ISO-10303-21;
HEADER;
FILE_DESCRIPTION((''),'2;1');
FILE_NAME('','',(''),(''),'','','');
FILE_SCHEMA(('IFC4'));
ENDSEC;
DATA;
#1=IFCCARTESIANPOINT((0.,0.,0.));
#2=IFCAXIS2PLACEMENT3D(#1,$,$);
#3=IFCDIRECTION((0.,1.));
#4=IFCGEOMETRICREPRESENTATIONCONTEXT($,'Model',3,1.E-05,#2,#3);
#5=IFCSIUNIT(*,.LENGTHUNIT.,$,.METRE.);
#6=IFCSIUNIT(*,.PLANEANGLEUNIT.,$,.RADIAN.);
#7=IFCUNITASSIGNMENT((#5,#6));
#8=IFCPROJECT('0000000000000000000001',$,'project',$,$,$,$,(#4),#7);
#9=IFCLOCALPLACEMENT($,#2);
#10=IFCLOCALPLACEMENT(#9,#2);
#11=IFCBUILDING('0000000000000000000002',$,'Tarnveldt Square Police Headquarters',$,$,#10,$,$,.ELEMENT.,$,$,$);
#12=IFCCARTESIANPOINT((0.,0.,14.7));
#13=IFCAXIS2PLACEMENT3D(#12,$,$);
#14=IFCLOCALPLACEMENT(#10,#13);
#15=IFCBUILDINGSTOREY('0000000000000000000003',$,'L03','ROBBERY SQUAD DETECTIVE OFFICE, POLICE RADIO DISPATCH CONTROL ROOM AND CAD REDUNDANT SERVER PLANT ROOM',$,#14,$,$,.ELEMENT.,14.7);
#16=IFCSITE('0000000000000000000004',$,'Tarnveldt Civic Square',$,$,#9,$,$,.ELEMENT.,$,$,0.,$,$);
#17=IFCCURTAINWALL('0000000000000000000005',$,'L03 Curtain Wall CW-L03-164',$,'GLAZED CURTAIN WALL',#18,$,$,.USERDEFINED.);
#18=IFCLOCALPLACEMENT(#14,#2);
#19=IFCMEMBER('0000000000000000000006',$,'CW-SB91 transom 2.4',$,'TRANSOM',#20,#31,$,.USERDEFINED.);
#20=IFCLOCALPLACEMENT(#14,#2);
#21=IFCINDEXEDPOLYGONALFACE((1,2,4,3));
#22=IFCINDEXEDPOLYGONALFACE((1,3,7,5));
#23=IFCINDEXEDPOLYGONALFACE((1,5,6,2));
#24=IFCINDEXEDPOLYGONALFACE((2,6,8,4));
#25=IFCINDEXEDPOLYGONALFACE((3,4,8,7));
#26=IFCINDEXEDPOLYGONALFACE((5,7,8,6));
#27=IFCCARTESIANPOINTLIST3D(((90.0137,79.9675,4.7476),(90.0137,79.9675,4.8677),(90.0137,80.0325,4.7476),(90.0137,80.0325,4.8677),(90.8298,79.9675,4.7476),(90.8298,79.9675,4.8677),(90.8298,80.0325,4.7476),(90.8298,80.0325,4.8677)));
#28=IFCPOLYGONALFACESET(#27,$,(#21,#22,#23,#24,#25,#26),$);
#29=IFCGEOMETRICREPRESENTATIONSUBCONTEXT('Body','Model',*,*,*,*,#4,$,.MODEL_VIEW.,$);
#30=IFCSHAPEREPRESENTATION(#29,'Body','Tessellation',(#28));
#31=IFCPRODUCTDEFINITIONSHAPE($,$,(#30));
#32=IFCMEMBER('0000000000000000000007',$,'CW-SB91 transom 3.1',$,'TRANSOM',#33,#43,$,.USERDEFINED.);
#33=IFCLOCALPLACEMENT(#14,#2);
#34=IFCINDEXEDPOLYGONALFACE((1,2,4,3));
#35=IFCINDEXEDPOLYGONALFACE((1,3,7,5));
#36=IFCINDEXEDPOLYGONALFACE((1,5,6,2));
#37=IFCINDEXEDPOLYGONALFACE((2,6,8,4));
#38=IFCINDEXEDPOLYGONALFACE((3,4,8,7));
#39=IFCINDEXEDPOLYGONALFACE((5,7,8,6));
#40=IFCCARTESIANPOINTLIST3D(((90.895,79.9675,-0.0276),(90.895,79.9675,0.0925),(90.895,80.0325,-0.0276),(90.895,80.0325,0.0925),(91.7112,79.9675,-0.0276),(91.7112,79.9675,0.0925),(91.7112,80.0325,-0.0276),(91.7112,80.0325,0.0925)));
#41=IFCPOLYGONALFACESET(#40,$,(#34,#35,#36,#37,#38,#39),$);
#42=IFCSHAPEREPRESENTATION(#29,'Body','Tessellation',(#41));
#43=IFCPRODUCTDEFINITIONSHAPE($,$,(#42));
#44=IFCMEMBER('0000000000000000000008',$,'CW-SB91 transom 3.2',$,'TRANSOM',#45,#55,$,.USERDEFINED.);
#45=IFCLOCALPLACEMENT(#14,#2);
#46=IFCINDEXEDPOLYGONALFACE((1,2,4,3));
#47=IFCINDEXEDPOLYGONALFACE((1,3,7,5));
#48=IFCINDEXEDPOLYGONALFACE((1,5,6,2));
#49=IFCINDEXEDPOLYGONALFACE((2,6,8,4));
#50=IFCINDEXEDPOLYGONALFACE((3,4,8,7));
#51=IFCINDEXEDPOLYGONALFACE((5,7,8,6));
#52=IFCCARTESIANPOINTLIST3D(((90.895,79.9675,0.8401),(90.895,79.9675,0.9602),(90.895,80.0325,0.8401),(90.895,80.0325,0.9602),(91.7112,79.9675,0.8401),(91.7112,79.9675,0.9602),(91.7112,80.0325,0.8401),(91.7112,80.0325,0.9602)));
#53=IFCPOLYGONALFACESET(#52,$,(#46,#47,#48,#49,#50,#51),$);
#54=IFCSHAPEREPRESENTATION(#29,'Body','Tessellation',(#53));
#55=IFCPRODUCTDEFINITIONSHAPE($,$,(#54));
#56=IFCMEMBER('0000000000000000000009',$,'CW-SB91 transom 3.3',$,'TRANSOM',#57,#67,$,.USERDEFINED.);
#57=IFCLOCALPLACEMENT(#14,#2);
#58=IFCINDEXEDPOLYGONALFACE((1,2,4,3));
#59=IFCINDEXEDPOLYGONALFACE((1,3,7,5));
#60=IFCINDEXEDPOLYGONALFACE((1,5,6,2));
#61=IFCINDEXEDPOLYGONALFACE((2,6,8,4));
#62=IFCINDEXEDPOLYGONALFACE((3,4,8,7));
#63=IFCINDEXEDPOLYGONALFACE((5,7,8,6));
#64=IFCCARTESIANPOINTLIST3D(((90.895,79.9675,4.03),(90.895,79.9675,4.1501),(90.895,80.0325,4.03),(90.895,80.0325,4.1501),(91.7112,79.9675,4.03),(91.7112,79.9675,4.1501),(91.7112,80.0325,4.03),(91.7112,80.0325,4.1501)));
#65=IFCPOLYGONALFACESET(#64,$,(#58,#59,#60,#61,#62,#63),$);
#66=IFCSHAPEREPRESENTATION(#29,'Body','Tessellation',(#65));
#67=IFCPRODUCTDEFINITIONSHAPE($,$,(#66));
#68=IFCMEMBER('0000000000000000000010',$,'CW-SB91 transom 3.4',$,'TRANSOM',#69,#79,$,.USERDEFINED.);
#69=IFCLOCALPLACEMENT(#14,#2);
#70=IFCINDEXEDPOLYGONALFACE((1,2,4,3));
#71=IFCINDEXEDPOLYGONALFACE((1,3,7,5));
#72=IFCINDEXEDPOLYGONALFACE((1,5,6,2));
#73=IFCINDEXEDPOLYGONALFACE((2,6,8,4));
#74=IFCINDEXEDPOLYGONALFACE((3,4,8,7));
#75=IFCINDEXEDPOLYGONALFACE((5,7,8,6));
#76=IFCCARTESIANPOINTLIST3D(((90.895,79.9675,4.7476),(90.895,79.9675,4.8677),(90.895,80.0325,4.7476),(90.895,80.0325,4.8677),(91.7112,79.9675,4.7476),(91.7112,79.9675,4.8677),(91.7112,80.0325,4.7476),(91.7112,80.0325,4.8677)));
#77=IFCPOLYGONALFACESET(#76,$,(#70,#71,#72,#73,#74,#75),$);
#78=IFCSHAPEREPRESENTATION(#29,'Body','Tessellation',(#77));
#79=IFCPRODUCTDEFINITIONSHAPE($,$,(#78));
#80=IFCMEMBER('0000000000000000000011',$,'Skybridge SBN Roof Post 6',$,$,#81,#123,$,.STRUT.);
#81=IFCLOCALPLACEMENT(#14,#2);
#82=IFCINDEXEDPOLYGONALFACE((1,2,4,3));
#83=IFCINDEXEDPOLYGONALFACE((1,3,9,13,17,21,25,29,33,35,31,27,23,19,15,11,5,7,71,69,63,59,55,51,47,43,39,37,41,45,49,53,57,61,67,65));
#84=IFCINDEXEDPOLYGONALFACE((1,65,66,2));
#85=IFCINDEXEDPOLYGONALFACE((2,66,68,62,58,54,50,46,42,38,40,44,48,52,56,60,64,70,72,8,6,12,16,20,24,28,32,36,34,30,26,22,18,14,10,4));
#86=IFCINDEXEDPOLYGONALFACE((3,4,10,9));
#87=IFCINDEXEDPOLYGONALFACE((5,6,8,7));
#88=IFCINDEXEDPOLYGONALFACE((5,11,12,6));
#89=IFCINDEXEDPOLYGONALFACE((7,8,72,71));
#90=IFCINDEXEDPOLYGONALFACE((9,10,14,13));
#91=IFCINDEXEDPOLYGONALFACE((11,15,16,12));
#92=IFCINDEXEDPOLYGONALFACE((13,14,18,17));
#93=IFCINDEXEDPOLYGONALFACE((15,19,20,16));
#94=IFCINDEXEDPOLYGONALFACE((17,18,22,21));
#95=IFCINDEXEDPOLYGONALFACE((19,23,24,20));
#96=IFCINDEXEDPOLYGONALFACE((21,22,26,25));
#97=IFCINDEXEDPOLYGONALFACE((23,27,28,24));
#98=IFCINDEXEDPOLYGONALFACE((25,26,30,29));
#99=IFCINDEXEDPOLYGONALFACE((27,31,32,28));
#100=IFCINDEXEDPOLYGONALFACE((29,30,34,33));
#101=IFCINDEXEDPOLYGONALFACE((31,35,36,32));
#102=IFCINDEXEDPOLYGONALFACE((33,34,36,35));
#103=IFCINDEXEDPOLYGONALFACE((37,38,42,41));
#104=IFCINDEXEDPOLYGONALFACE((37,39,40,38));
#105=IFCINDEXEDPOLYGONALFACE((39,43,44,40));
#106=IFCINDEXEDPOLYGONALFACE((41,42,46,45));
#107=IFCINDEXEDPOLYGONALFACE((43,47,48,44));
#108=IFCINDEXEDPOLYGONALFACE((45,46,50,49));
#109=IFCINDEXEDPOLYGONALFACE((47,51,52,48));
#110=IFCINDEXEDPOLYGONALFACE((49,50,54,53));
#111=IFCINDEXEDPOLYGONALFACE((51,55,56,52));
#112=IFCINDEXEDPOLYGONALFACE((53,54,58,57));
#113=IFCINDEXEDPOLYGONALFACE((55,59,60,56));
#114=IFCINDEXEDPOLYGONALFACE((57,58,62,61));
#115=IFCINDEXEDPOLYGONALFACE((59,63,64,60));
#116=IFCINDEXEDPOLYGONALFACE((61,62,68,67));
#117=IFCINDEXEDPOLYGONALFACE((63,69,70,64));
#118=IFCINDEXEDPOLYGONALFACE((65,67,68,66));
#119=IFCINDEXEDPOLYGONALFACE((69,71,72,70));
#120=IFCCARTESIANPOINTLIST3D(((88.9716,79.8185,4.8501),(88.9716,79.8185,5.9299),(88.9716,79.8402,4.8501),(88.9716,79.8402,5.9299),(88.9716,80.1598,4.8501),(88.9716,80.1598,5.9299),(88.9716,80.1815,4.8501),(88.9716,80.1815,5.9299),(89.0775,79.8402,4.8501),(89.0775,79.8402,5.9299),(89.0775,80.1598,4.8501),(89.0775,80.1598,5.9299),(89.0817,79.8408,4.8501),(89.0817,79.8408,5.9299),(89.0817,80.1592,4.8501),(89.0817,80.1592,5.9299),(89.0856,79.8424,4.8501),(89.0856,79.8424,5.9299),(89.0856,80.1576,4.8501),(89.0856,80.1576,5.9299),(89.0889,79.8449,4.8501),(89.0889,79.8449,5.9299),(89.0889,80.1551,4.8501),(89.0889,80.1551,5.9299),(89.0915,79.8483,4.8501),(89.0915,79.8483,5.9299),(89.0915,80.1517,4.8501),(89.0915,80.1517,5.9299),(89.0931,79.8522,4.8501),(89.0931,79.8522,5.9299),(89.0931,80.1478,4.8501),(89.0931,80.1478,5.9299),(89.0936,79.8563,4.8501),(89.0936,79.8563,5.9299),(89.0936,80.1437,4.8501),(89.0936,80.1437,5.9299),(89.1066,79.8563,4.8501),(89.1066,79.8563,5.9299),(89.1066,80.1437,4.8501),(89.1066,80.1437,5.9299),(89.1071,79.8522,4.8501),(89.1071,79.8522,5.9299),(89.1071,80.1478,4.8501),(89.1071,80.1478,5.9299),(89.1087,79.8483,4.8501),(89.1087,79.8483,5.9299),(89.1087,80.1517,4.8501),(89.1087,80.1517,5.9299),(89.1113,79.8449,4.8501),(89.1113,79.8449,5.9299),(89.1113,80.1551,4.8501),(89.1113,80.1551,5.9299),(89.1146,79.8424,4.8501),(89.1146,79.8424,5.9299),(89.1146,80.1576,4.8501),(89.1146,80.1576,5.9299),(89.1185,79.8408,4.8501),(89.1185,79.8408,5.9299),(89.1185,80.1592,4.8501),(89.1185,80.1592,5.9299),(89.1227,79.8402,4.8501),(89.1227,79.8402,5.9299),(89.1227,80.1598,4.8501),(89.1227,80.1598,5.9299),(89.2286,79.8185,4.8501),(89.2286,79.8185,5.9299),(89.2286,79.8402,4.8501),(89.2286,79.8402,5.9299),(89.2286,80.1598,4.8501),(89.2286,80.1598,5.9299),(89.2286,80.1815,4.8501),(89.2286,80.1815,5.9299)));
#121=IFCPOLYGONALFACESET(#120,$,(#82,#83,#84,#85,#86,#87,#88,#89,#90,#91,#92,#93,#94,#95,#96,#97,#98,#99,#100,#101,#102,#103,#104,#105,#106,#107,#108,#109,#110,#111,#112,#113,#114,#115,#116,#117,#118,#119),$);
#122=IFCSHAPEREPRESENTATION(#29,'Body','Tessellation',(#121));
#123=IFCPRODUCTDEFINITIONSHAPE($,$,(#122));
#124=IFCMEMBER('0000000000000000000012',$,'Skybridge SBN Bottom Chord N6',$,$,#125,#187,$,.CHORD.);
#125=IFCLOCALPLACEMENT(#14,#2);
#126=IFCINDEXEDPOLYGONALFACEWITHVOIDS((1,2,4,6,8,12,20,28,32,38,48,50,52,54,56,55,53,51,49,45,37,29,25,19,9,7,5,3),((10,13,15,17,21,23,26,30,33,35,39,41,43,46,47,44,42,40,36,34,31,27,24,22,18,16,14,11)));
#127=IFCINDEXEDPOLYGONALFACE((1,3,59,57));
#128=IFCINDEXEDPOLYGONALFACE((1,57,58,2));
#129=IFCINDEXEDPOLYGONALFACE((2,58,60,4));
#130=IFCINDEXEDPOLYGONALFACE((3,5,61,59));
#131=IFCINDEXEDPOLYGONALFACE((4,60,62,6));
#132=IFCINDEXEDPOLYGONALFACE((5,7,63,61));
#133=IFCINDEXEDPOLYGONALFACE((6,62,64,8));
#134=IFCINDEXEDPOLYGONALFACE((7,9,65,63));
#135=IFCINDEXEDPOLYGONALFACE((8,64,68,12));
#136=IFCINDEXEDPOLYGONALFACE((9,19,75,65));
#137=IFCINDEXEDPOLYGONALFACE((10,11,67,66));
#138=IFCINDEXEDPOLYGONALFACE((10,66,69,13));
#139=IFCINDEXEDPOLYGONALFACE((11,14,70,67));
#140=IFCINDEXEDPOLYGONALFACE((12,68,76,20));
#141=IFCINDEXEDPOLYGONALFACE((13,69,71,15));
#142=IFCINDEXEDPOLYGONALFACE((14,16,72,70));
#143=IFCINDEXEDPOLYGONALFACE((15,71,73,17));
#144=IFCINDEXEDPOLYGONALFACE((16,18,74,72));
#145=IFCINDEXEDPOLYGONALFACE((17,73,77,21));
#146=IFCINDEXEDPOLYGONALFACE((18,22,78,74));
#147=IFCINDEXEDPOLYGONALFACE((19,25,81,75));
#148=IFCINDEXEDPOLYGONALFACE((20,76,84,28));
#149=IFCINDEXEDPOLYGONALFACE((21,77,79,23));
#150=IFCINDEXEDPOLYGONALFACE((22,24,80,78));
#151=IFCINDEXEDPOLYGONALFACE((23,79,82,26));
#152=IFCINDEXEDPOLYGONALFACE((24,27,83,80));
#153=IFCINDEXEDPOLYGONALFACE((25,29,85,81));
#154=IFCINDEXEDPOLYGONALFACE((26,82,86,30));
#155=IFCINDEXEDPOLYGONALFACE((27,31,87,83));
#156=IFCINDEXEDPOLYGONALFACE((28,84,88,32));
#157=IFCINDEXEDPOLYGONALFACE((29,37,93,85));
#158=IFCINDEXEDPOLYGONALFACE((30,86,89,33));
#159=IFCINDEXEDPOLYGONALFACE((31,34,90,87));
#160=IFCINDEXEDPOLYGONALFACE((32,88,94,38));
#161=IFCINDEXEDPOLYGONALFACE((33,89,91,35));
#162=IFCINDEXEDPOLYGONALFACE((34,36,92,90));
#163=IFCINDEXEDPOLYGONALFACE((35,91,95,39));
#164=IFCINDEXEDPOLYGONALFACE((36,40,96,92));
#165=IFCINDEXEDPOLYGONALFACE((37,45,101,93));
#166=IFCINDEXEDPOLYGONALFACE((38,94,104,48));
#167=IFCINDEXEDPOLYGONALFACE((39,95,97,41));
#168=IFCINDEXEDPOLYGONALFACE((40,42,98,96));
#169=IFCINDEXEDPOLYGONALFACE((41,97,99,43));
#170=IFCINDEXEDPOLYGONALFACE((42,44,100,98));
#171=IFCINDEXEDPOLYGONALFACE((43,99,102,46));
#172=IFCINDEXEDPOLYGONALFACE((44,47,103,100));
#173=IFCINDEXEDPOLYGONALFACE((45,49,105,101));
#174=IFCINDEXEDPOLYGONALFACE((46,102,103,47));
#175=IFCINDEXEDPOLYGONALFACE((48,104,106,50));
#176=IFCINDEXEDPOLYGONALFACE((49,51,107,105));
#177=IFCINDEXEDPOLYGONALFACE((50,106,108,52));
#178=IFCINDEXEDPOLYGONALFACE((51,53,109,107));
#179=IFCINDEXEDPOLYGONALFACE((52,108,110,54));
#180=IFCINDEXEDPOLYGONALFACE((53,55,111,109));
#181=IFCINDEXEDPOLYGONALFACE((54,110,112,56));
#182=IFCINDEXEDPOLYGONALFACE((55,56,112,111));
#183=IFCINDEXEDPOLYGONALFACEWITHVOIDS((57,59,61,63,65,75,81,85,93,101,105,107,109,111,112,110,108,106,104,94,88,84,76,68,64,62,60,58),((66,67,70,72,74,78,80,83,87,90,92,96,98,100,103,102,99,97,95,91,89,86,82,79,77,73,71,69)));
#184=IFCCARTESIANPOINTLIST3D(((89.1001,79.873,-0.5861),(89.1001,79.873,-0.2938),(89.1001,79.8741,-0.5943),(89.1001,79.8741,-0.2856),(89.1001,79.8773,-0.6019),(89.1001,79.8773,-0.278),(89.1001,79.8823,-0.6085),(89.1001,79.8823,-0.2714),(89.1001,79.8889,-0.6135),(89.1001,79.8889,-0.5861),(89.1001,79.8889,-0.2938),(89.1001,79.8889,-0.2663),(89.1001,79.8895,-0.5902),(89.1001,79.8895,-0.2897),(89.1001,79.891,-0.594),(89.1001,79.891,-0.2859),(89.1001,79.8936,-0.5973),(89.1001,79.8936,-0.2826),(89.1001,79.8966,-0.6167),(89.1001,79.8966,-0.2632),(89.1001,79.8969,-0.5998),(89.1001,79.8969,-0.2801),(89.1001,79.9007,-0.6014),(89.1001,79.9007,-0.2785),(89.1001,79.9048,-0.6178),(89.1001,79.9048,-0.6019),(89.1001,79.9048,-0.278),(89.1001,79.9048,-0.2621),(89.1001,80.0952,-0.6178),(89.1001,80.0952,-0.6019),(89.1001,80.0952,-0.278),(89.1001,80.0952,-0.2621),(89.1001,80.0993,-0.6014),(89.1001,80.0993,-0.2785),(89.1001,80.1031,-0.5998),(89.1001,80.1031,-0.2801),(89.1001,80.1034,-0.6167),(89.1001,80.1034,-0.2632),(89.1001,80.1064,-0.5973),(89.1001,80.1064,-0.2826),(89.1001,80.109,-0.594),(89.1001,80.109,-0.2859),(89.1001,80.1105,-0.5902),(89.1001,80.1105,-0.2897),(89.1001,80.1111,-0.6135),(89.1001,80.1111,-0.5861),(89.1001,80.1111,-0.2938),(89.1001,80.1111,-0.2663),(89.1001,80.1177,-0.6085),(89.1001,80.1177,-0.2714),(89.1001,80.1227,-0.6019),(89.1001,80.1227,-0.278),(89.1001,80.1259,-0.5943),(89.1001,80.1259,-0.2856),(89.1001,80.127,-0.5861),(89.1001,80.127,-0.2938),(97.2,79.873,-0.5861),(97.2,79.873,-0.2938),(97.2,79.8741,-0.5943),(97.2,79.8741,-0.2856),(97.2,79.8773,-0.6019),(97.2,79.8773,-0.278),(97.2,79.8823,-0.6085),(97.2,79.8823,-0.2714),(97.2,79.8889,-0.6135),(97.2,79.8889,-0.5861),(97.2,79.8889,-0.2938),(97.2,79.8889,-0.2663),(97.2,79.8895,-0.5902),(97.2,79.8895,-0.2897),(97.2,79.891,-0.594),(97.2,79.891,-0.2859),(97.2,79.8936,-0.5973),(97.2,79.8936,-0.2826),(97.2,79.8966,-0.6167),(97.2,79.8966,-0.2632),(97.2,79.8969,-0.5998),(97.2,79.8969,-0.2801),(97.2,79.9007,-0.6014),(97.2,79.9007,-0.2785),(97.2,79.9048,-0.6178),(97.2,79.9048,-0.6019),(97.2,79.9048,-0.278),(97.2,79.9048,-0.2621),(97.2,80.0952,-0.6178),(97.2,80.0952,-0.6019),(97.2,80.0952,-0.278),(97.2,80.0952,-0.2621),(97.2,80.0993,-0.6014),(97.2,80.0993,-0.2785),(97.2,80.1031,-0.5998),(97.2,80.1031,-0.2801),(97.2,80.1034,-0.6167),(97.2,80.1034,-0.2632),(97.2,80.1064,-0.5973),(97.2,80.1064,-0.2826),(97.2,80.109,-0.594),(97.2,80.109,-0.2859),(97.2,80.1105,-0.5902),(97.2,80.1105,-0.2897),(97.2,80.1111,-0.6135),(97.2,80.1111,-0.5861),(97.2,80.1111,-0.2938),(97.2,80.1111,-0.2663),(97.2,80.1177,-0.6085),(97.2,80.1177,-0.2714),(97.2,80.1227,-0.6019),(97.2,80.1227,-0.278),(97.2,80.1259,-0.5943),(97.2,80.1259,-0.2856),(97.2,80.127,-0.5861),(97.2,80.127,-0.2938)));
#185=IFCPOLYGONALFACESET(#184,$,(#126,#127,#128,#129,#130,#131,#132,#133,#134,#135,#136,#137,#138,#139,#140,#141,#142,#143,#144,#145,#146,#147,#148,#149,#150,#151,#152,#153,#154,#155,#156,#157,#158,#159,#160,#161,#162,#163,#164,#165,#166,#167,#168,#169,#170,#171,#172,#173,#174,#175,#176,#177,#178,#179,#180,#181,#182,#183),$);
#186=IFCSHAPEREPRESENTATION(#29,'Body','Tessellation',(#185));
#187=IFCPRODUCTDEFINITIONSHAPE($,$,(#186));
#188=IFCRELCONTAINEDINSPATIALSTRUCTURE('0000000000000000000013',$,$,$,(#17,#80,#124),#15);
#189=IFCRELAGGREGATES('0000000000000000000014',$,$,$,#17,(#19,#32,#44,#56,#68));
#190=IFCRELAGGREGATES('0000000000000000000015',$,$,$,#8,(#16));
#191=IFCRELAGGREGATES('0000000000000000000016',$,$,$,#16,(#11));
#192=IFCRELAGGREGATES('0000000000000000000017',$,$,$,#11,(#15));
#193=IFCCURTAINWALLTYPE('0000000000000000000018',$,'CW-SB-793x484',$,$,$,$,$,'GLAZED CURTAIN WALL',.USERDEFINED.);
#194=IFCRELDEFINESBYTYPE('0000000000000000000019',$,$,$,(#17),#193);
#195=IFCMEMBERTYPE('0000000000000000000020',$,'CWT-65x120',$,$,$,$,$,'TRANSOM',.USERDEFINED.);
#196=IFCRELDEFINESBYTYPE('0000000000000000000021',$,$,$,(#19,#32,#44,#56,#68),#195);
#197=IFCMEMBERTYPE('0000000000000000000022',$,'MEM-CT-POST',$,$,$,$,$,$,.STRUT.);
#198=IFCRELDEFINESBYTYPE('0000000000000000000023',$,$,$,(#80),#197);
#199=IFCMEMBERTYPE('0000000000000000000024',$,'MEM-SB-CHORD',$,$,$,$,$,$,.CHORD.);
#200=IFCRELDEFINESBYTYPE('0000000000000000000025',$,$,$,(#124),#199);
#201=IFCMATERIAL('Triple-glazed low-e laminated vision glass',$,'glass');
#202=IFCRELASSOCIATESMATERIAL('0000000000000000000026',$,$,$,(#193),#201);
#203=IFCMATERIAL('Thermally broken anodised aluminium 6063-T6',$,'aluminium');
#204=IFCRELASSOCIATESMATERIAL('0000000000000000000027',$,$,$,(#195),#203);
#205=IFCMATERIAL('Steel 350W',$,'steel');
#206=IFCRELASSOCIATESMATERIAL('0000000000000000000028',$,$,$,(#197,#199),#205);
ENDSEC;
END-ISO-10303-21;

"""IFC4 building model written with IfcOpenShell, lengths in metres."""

from ifc_helpers import new_model, si_unit, direction, frame, origin, origin_2d, place, context, subcontext, project, spatial, rectangle, hollow_rectangle, i_section, extrude, material, material_profile, profile_set, type_object, element, aggregate, save


model = new_model("IFC4")

# Units and contexts
model_context = context("Model", 3, precision=1e-05, world=origin(), true_north=direction((0.0, 1.0)))
body_context = subcontext(model_context, "Body", "Model", "MODEL_VIEW")
ifc_project = project(units=[si_unit("LENGTHUNIT", "METRE"), si_unit("PLANEANGLEUNIT", "RADIAN")], contexts=[model_context])

# Site, building, storey
site_placement = place(None, origin())
site = spatial("IfcSite", under=ifc_project, at=site_placement, Name="Tarnveldt Civic Square", CompositionType="ELEMENT", RefElevation=0.0)
building_placement = place(site_placement, origin())
building = spatial("IfcBuilding", under=site, at=building_placement, Name="Tarnveldt Square Police Headquarters", CompositionType="ELEMENT")
storey_placement = place(building_placement, frame((0.0, 0.0, 14.7)))
storey = spatial("IfcBuildingStorey", under=building, at=storey_placement, Name="L03", Description="ROBBERY SQUAD DETECTIVE OFFICE, POLICE RADIO DISPATCH CONTROL ROOM AND CAD REDUNDANT SERVER PLANT ROOM", CompositionType="ELEMENT", Elevation=14.7)

# Shared definitions
ifc_material_1 = material(Name="Steel 350W", Category="steel")

# Shared definitions
ifc_material_2 = material(Name="Triple-glazed low-e laminated vision glass", Category="glass")
ifc_material_3 = material(Name="Thermally broken anodised aluminium 6063-T6", Category="aluminium")

# Curtain wall, members
curtain_wall_type_1 = type_object("IfcCurtainWallType", Name="CW-SB-793x484", ElementType="GLAZED CURTAIN WALL", PredefinedType="USERDEFINED", material=ifc_material_2)
curtain_wall_1_placement = place(storey_placement, origin())
curtain_wall_1 = element("IfcCurtainWall", 1, at=curtain_wall_1_placement, inside=storey, type_object=curtain_wall_type_1, Name="L03 Curtain Wall CW-L03-164", ObjectType="GLAZED CURTAIN WALL", PredefinedType="USERDEFINED")
ifc_material_profile_1 = material_profile(ifc_material_3, rectangle(XDim=0.0649, YDim=0.1201, at=origin_2d()), Name="CW-T65x120")
ifc_profile_set_1 = profile_set([ifc_material_profile_1], Name="Thermally broken anodised aluminium 6063-T6")
member_type_1 = type_object("IfcMemberType", Name="CWT-65x120", ElementType="TRANSOM", PredefinedType="USERDEFINED", material=ifc_profile_set_1)
member_1_placement = place(storey_placement, frame((90.0137, 80.0, 4.8076), z_axis=(1.0, 0.0, 0.0), x_axis=(0.0, 1.0, 0.0)))
member_1 = element("IfcMember", 2, at=member_1_placement, type_object=member_type_1, Name="CW-SB91 transom 2.4", ObjectType="TRANSOM", PredefinedType="USERDEFINED", context=body_context, shape_type="SweptSolid", body=[
    extrude(rectangle(XDim=0.0649, YDim=0.1201, at=origin_2d()), origin(), (0.0, 0.0, 1.0), 0.8162),
])
member_2_placement = place(storey_placement, frame((90.895, 80.0, 0.0325), z_axis=(1.0, 0.0, 0.0), x_axis=(0.0, 1.0, 0.0)))
member_2 = element("IfcMember", 3, at=member_2_placement, type_object=member_type_1, Name="CW-SB91 transom 3.1", ObjectType="TRANSOM", PredefinedType="USERDEFINED", context=body_context, shape_type="SweptSolid", body=[
    extrude(rectangle(XDim=0.0649, YDim=0.1201, at=origin_2d()), origin(), (0.0, 0.0, 1.0), 0.8162),
])
member_3_placement = place(storey_placement, frame((90.895, 80.0, 0.9001), z_axis=(1.0, 0.0, 0.0), x_axis=(0.0, 1.0, 0.0)))
member_3 = element("IfcMember", 4, at=member_3_placement, type_object=member_type_1, Name="CW-SB91 transom 3.2", ObjectType="TRANSOM", PredefinedType="USERDEFINED", context=body_context, shape_type="SweptSolid", body=[
    extrude(rectangle(XDim=0.0649, YDim=0.1201, at=origin_2d()), origin(), (0.0, 0.0, 1.0), 0.8162),
])
member_4_placement = place(storey_placement, frame((90.895, 80.0, 4.0901), z_axis=(1.0, 0.0, 0.0), x_axis=(0.0, 1.0, 0.0)))
member_4 = element("IfcMember", 5, at=member_4_placement, type_object=member_type_1, Name="CW-SB91 transom 3.3", ObjectType="TRANSOM", PredefinedType="USERDEFINED", context=body_context, shape_type="SweptSolid", body=[
    extrude(rectangle(XDim=0.0649, YDim=0.1201, at=origin_2d()), origin(), (0.0, 0.0, 1.0), 0.8162),
])
member_5_placement = place(storey_placement, frame((90.895, 80.0, 4.8076), z_axis=(1.0, 0.0, 0.0), x_axis=(0.0, 1.0, 0.0)))
member_5 = element("IfcMember", 6, at=member_5_placement, type_object=member_type_1, Name="CW-SB91 transom 3.4", ObjectType="TRANSOM", PredefinedType="USERDEFINED", context=body_context, shape_type="SweptSolid", body=[
    extrude(rectangle(XDim=0.0649, YDim=0.1201, at=origin_2d()), origin(), (0.0, 0.0, 1.0), 0.8162),
])

# Members
ifc_material_profile_2 = material_profile(ifc_material_1, i_section(OverallWidth=0.2571, OverallDepth=0.363, WebThickness=0.0129, FlangeThickness=0.0217, FilletRadius=0.0161, at=origin_2d()), Name="W360x122")
ifc_profile_set_2 = profile_set([ifc_material_profile_2], Name="Steel 350W")
member_type_2 = type_object("IfcMemberType", Name="MEM-CT-POST", PredefinedType="STRUT", material=ifc_profile_set_2)
member_6_placement = place(storey_placement, frame((89.1001, 80.0, 4.8501), z_axis=(0.0, 0.0, 1.0), x_axis=(1.0, 0.0, 0.0)))
element("IfcMember", 7, at=member_6_placement, inside=storey, type_object=member_type_2, Name="Skybridge SBN Roof Post 6", PredefinedType="STRUT", context=body_context, shape_type="SweptSolid", body=[
    extrude(i_section(OverallWidth=0.2571, OverallDepth=0.363, WebThickness=0.0129, FlangeThickness=0.0217, FilletRadius=0.0161, at=origin_2d()), origin(), (0.0, 0.0, 1.0), 1.0798),
])
ifc_material_profile_3 = material_profile(ifc_material_1, hollow_rectangle(XDim=0.2539, YDim=0.3557, WallThickness=0.0159, InnerFilletRadius=0.0159, OuterFilletRadius=0.0317, at=origin_2d()), Name="HSS356x254x16")
ifc_profile_set_3 = profile_set([ifc_material_profile_3], Name="Steel 350W")
member_type_3 = type_object("IfcMemberType", Name="MEM-SB-CHORD", PredefinedType="CHORD", material=ifc_profile_set_3)
for number, where, z_axis, x_axis, name in (
    (8, (89.1001, 80.0, -0.4399), (1.0, 0.0, 0.0), (0.0, 1.0, 0.0), "Skybridge SBN Bottom Chord N6"),
):
    element("IfcMember", number, at=place(storey_placement, frame(where, z_axis=z_axis, x_axis=x_axis)), inside=storey, type_object=member_type_3, Name=name, PredefinedType="CHORD", context=body_context, shape_type="SweptSolid", body=[
        extrude(hollow_rectangle(XDim=0.2539, YDim=0.3557, WallThickness=0.0159, InnerFilletRadius=0.0159, OuterFilletRadius=0.0317, at=origin_2d()), origin(), (0.0, 0.0, 1.0), 8.0999),
    ])

aggregate(curtain_wall_1, [member_1, member_2, member_3, member_4, member_5])

save(model, "model.ifc")
